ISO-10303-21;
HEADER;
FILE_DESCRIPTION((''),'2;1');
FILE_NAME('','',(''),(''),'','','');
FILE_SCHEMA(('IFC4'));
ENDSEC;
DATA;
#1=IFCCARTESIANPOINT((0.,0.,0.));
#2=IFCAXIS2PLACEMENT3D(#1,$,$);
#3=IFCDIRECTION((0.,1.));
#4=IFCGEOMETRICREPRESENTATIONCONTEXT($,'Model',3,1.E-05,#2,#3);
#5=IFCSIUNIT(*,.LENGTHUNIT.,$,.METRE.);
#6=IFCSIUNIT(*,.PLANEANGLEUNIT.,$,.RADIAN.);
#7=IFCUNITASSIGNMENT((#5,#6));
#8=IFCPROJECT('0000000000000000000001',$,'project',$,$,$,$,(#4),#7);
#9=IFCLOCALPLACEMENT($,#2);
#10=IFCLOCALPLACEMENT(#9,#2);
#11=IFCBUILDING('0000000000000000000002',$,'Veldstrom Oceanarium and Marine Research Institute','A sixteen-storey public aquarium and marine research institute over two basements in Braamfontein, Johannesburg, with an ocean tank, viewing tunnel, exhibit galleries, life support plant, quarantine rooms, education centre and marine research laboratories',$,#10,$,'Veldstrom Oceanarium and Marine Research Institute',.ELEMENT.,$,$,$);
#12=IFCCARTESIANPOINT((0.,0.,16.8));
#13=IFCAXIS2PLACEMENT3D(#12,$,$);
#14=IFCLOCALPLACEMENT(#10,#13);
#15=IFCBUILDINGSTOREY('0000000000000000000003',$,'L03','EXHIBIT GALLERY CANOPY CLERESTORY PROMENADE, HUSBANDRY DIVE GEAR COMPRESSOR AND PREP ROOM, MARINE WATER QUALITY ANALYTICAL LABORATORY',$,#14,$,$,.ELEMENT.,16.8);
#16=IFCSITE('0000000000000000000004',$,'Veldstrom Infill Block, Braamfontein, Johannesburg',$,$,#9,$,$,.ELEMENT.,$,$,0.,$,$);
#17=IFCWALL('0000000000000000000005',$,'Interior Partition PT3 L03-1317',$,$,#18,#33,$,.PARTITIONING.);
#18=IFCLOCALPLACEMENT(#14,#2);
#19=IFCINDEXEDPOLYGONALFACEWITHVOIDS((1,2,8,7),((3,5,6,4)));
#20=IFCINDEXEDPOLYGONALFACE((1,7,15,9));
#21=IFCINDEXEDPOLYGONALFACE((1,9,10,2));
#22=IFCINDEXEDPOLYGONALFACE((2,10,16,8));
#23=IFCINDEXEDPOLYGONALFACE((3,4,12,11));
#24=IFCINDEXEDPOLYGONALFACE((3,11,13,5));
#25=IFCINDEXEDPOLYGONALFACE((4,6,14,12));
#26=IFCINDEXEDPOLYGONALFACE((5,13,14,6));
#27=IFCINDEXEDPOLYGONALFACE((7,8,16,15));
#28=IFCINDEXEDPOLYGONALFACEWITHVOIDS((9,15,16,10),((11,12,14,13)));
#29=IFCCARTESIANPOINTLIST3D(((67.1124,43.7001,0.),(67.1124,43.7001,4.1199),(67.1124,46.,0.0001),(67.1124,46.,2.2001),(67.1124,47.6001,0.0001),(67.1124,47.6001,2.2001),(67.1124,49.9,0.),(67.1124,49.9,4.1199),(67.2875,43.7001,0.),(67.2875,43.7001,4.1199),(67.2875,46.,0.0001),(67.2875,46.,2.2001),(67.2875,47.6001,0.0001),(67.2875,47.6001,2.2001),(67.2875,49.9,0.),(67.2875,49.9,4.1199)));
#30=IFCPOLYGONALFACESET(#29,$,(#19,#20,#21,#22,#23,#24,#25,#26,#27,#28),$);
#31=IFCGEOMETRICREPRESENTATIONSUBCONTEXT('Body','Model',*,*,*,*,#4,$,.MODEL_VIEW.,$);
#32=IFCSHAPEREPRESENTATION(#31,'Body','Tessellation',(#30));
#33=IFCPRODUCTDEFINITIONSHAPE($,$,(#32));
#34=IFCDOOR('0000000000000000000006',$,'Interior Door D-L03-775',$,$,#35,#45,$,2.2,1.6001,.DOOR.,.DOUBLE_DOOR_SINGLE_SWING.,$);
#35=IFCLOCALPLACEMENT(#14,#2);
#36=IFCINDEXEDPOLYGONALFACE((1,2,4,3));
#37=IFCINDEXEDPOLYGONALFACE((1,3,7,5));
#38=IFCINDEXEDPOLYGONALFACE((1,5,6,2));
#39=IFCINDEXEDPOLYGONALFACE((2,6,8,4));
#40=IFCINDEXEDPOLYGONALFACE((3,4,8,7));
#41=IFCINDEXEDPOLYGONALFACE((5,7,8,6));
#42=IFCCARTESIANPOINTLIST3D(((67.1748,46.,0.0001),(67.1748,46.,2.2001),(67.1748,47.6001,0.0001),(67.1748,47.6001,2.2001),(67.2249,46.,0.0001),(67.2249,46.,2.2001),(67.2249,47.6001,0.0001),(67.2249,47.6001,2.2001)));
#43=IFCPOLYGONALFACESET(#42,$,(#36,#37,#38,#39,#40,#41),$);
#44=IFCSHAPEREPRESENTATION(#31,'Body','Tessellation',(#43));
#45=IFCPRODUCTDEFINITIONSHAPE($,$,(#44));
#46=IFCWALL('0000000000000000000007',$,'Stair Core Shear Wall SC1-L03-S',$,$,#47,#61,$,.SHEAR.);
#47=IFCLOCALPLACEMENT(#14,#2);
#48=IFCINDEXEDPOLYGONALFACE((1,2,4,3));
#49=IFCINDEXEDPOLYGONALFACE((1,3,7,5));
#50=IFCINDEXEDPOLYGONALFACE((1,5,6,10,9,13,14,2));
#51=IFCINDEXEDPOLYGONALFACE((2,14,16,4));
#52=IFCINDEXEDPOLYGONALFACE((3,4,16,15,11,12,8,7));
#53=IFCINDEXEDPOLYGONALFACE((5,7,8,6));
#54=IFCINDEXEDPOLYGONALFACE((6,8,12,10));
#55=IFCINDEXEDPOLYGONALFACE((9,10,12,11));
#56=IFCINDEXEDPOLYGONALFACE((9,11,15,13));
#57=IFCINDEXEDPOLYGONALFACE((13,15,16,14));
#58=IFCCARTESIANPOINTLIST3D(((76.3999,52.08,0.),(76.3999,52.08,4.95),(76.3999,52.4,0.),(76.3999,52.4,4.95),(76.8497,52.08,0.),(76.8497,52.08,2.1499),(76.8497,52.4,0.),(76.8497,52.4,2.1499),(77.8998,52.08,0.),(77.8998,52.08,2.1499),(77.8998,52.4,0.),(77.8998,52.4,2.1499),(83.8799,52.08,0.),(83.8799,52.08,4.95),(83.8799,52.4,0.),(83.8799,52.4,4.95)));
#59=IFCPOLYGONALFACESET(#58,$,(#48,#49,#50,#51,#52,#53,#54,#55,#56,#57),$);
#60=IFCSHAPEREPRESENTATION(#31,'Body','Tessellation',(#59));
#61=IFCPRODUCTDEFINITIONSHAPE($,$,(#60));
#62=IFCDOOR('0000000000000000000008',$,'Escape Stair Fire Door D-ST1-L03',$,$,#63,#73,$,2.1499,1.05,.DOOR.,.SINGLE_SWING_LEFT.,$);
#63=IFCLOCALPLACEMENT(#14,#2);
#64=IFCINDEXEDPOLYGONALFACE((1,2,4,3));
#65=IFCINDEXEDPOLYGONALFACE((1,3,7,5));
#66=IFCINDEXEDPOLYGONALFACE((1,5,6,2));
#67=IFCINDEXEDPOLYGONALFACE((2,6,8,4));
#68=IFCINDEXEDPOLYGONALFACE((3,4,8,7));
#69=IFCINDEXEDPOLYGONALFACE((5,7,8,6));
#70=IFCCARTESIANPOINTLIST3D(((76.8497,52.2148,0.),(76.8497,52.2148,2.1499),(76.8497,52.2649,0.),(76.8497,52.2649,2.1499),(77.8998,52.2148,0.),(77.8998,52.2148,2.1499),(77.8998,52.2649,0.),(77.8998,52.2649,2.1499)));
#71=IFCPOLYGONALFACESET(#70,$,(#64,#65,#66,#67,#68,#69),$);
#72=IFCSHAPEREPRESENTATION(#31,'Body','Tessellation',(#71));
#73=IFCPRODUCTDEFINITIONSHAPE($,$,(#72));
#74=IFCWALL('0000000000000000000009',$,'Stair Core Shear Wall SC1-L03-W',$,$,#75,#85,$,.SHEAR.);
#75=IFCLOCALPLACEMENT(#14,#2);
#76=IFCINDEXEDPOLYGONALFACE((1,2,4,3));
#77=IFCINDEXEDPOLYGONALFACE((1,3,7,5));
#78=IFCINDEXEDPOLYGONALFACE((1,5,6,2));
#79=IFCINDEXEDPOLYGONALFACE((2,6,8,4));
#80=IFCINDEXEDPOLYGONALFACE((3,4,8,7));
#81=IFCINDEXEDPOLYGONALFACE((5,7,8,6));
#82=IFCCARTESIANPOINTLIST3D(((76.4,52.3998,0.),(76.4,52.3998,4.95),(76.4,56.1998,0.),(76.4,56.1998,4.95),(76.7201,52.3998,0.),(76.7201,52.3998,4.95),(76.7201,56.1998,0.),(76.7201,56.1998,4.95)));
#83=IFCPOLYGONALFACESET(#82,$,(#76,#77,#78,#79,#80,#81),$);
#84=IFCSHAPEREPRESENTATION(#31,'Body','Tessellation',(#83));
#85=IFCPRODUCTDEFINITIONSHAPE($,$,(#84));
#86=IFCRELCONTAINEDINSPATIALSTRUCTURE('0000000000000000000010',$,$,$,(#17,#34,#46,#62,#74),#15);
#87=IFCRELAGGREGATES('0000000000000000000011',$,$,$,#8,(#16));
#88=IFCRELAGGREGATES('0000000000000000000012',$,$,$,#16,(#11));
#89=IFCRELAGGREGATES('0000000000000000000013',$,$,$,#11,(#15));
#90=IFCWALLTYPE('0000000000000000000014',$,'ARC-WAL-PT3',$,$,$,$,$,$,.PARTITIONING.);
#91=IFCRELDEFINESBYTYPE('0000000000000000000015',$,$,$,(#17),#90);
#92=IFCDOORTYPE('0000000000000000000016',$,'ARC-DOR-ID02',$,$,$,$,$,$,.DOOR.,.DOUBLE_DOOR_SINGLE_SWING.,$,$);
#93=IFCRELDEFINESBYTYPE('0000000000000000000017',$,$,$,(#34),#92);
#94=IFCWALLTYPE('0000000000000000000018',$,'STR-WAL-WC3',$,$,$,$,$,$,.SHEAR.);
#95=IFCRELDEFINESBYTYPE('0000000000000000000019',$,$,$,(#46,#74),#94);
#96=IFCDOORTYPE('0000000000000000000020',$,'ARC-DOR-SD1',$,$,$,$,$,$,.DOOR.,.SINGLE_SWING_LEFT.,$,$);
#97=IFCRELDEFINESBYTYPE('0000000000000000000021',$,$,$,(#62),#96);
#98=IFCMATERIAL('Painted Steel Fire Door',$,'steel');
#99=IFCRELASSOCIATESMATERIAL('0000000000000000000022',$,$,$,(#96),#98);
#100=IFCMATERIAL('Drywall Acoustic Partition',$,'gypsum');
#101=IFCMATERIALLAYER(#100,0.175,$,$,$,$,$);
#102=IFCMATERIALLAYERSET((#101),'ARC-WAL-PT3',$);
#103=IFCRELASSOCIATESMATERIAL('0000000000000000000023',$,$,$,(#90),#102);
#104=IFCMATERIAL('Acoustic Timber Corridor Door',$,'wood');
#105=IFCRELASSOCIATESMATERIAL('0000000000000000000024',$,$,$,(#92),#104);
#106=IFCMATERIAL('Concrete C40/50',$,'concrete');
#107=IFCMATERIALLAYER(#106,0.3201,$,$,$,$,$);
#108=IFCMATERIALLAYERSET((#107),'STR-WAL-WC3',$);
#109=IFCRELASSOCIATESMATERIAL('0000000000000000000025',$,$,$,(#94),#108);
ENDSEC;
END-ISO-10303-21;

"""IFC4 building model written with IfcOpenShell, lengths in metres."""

from ifc_helpers import new_model, si_unit, direction, frame, frame_2d, origin, place, context, subcontext, project, spatial, rectangle, extrude, material, layer, layer_set, type_object, element, fill, save


model = new_model("IFC4")

# Units and contexts
model_context = context("Model", 3, precision=1e-05, world=origin(), true_north=direction((0.0, 1.0)))
body_context = subcontext(model_context, "Body", "Model", "MODEL_VIEW")
ifc_project = project(units=[si_unit("LENGTHUNIT", "METRE"), si_unit("PLANEANGLEUNIT", "RADIAN")], contexts=[model_context])

# Site, building, storey
site_placement = place(None, origin())
site = spatial("IfcSite", under=ifc_project, at=site_placement, Name="Veldstrom Infill Block, Braamfontein, Johannesburg", CompositionType="ELEMENT", RefElevation=0.0)
building_placement = place(site_placement, origin())
building = spatial("IfcBuilding", under=site, at=building_placement, Name="Veldstrom Oceanarium and Marine Research Institute", Description="A sixteen-storey public aquarium and marine research institute over two basements in Braamfontein, Johannesburg, with an ocean tank, viewing tunnel, exhibit galleries, life support plant, quarantine rooms, education centre and marine research laboratories", LongName="Veldstrom Oceanarium and Marine Research Institute", CompositionType="ELEMENT")
storey_placement = place(building_placement, frame((0.0, 0.0, 16.8)))
storey = spatial("IfcBuildingStorey", under=building, at=storey_placement, Name="L03", Description="EXHIBIT GALLERY CANOPY CLERESTORY PROMENADE, HUSBANDRY DIVE GEAR COMPRESSOR AND PREP ROOM, MARINE WATER QUALITY ANALYTICAL LABORATORY", CompositionType="ELEMENT", Elevation=16.8)

# Shared definitions
ifc_material_1 = material(Name="Painted Steel Fire Door", Category="steel")
door_type_1 = type_object("IfcDoorType", Name="ARC-DOR-SD1", OperationType="SINGLE_SWING_LEFT", PredefinedType="DOOR", material=ifc_material_1)

# Walls, openings, doors
ifc_material_2 = material(Name="Drywall Acoustic Partition", Category="gypsum")
ifc_layer_1 = layer(ifc_material_2, 0.175)
ifc_layer_set_1 = layer_set([ifc_layer_1], Name="ARC-WAL-PT3")
wall_type_1 = type_object("IfcWallType", Name="ARC-WAL-PT3", PredefinedType="PARTITIONING", material=ifc_layer_set_1)
wall_1_placement = place(storey_placement, frame((67.2, 43.7, 0.0), z_axis=(0.0, 0.0, 1.0), x_axis=(0.0, 1.0, 0.0)))
wall_1 = element("IfcWall", 1, at=wall_1_placement, inside=storey, type_object=wall_type_1, Name="Interior Partition PT3 L03-1317", PredefinedType="PARTITIONING", context=body_context, shape_type="SweptSolid", body=[
    extrude(rectangle(XDim=6.2, YDim=0.175, at=frame_2d((3.1001, 0.0))), origin(), (0.0, 0.0, 1.0), 4.1199),
])
opening_1_placement = place(wall_1_placement, frame((2.3, 0.0, 0.0)))
opening_1 = element("IfcOpeningElement", 2, at=opening_1_placement, cuts=wall_1, PredefinedType="OPENING", context=body_context, shape_type="SweptSolid", body=[
    extrude(rectangle(XDim=1.6001, YDim=2.2, at=frame_2d((0.8, 1.1001))), frame((0.0, 0.0974, 0.0), z_axis=(0.0, -1.0, 0.0), x_axis=(1.0, 0.0, 0.0)), (0.0, 0.0, 1.0), 0.1951),
])
ifc_material_3 = material(Name="Acoustic Timber Corridor Door", Category="wood")
door_type_2 = type_object("IfcDoorType", Name="ARC-DOR-ID02", OperationType="DOUBLE_DOOR_SINGLE_SWING", PredefinedType="DOOR", material=ifc_material_3)
door_1_placement = place(opening_1_placement, frame((1.6001, 0.0, 0.0), z_axis=(0.0, 0.0, 1.0), x_axis=(-1.0, 0.0, 0.0)))
door_1 = element("IfcDoor", 3, at=door_1_placement, inside=storey, type_object=door_type_2, Name="Interior Door D-L03-775", OperationType="DOUBLE_DOOR_SINGLE_SWING", OverallHeight=2.2, OverallWidth=1.6001, PredefinedType="DOOR", context=body_context, shape_type="SweptSolid", body=[
    extrude(rectangle(XDim=1.6001, YDim=2.2, at=frame_2d((0.8, 1.1001))), frame((0.0, 0.0249, 0.0), z_axis=(0.0, -1.0, 0.0), x_axis=(1.0, 0.0, 0.0)), (0.0, 0.0, 1.0), 0.05),
])
fill(opening_1, door_1)
ifc_material_4 = material(Name="Concrete C40/50", Category="concrete")
ifc_layer_2 = layer(ifc_material_4, 0.3201)
ifc_layer_set_2 = layer_set([ifc_layer_2], Name="STR-WAL-WC3")
wall_type_2 = type_object("IfcWallType", Name="STR-WAL-WC3", PredefinedType="SHEAR", material=ifc_layer_set_2)
wall_2_placement = place(storey_placement, frame((76.3999, 52.24, 0.0), z_axis=(0.0, 0.0, 1.0), x_axis=(1.0, 0.0, 0.0)))
wall_2 = element("IfcWall", 4, at=wall_2_placement, inside=storey, type_object=wall_type_2, Name="Stair Core Shear Wall SC1-L03-S", PredefinedType="SHEAR", context=body_context, shape_type="SweptSolid", body=[
    extrude(rectangle(XDim=7.48, YDim=0.3201, at=frame_2d((3.74, 0.0))), origin(), (0.0, 0.0, 1.0), 4.95),
])
opening_2_placement = place(wall_2_placement, frame((0.45, 0.0, 0.0)))
opening_2 = element("IfcOpeningElement", 5, at=opening_2_placement, cuts=wall_2, PredefinedType="OPENING", context=body_context, shape_type="SweptSolid", body=[
    extrude(rectangle(XDim=1.05, YDim=2.1499, at=frame_2d((0.5249, 1.075))), frame((0.0, 0.1699, 0.0), z_axis=(0.0, -1.0, 0.0), x_axis=(1.0, 0.0, 0.0)), (0.0, 0.0, 1.0), 0.3401),
])
door_2_placement = place(opening_2_placement, origin())
door_2 = element("IfcDoor", 6, at=door_2_placement, inside=storey, type_object=door_type_1, Name="Escape Stair Fire Door D-ST1-L03", OperationType="SINGLE_SWING_LEFT", OverallHeight=2.1499, OverallWidth=1.05, PredefinedType="DOOR", context=body_context, shape_type="SweptSolid", body=[
    extrude(rectangle(XDim=1.05, YDim=2.1499, at=frame_2d((0.5249, 1.075))), frame((0.0, 0.0249, 0.0), z_axis=(0.0, -1.0, 0.0), x_axis=(1.0, 0.0, 0.0)), (0.0, 0.0, 1.0), 0.05),
])
fill(opening_2, door_2)

# Wall
wall_3_placement = place(storey_placement, frame((76.5601, 52.3999, 0.0), z_axis=(0.0, 0.0, 1.0), x_axis=(0.0, 1.0, 0.0)))
element("IfcWall", 7, at=wall_3_placement, inside=storey, type_object=wall_type_2, Name="Stair Core Shear Wall SC1-L03-W", PredefinedType="SHEAR", context=body_context, shape_type="SweptSolid", body=[
    extrude(rectangle(XDim=3.8, YDim=0.3201, at=frame_2d((1.8999, 0.0))), origin(), (0.0, 0.0, 1.0), 4.95),
])

save(model, "model.ifc")
